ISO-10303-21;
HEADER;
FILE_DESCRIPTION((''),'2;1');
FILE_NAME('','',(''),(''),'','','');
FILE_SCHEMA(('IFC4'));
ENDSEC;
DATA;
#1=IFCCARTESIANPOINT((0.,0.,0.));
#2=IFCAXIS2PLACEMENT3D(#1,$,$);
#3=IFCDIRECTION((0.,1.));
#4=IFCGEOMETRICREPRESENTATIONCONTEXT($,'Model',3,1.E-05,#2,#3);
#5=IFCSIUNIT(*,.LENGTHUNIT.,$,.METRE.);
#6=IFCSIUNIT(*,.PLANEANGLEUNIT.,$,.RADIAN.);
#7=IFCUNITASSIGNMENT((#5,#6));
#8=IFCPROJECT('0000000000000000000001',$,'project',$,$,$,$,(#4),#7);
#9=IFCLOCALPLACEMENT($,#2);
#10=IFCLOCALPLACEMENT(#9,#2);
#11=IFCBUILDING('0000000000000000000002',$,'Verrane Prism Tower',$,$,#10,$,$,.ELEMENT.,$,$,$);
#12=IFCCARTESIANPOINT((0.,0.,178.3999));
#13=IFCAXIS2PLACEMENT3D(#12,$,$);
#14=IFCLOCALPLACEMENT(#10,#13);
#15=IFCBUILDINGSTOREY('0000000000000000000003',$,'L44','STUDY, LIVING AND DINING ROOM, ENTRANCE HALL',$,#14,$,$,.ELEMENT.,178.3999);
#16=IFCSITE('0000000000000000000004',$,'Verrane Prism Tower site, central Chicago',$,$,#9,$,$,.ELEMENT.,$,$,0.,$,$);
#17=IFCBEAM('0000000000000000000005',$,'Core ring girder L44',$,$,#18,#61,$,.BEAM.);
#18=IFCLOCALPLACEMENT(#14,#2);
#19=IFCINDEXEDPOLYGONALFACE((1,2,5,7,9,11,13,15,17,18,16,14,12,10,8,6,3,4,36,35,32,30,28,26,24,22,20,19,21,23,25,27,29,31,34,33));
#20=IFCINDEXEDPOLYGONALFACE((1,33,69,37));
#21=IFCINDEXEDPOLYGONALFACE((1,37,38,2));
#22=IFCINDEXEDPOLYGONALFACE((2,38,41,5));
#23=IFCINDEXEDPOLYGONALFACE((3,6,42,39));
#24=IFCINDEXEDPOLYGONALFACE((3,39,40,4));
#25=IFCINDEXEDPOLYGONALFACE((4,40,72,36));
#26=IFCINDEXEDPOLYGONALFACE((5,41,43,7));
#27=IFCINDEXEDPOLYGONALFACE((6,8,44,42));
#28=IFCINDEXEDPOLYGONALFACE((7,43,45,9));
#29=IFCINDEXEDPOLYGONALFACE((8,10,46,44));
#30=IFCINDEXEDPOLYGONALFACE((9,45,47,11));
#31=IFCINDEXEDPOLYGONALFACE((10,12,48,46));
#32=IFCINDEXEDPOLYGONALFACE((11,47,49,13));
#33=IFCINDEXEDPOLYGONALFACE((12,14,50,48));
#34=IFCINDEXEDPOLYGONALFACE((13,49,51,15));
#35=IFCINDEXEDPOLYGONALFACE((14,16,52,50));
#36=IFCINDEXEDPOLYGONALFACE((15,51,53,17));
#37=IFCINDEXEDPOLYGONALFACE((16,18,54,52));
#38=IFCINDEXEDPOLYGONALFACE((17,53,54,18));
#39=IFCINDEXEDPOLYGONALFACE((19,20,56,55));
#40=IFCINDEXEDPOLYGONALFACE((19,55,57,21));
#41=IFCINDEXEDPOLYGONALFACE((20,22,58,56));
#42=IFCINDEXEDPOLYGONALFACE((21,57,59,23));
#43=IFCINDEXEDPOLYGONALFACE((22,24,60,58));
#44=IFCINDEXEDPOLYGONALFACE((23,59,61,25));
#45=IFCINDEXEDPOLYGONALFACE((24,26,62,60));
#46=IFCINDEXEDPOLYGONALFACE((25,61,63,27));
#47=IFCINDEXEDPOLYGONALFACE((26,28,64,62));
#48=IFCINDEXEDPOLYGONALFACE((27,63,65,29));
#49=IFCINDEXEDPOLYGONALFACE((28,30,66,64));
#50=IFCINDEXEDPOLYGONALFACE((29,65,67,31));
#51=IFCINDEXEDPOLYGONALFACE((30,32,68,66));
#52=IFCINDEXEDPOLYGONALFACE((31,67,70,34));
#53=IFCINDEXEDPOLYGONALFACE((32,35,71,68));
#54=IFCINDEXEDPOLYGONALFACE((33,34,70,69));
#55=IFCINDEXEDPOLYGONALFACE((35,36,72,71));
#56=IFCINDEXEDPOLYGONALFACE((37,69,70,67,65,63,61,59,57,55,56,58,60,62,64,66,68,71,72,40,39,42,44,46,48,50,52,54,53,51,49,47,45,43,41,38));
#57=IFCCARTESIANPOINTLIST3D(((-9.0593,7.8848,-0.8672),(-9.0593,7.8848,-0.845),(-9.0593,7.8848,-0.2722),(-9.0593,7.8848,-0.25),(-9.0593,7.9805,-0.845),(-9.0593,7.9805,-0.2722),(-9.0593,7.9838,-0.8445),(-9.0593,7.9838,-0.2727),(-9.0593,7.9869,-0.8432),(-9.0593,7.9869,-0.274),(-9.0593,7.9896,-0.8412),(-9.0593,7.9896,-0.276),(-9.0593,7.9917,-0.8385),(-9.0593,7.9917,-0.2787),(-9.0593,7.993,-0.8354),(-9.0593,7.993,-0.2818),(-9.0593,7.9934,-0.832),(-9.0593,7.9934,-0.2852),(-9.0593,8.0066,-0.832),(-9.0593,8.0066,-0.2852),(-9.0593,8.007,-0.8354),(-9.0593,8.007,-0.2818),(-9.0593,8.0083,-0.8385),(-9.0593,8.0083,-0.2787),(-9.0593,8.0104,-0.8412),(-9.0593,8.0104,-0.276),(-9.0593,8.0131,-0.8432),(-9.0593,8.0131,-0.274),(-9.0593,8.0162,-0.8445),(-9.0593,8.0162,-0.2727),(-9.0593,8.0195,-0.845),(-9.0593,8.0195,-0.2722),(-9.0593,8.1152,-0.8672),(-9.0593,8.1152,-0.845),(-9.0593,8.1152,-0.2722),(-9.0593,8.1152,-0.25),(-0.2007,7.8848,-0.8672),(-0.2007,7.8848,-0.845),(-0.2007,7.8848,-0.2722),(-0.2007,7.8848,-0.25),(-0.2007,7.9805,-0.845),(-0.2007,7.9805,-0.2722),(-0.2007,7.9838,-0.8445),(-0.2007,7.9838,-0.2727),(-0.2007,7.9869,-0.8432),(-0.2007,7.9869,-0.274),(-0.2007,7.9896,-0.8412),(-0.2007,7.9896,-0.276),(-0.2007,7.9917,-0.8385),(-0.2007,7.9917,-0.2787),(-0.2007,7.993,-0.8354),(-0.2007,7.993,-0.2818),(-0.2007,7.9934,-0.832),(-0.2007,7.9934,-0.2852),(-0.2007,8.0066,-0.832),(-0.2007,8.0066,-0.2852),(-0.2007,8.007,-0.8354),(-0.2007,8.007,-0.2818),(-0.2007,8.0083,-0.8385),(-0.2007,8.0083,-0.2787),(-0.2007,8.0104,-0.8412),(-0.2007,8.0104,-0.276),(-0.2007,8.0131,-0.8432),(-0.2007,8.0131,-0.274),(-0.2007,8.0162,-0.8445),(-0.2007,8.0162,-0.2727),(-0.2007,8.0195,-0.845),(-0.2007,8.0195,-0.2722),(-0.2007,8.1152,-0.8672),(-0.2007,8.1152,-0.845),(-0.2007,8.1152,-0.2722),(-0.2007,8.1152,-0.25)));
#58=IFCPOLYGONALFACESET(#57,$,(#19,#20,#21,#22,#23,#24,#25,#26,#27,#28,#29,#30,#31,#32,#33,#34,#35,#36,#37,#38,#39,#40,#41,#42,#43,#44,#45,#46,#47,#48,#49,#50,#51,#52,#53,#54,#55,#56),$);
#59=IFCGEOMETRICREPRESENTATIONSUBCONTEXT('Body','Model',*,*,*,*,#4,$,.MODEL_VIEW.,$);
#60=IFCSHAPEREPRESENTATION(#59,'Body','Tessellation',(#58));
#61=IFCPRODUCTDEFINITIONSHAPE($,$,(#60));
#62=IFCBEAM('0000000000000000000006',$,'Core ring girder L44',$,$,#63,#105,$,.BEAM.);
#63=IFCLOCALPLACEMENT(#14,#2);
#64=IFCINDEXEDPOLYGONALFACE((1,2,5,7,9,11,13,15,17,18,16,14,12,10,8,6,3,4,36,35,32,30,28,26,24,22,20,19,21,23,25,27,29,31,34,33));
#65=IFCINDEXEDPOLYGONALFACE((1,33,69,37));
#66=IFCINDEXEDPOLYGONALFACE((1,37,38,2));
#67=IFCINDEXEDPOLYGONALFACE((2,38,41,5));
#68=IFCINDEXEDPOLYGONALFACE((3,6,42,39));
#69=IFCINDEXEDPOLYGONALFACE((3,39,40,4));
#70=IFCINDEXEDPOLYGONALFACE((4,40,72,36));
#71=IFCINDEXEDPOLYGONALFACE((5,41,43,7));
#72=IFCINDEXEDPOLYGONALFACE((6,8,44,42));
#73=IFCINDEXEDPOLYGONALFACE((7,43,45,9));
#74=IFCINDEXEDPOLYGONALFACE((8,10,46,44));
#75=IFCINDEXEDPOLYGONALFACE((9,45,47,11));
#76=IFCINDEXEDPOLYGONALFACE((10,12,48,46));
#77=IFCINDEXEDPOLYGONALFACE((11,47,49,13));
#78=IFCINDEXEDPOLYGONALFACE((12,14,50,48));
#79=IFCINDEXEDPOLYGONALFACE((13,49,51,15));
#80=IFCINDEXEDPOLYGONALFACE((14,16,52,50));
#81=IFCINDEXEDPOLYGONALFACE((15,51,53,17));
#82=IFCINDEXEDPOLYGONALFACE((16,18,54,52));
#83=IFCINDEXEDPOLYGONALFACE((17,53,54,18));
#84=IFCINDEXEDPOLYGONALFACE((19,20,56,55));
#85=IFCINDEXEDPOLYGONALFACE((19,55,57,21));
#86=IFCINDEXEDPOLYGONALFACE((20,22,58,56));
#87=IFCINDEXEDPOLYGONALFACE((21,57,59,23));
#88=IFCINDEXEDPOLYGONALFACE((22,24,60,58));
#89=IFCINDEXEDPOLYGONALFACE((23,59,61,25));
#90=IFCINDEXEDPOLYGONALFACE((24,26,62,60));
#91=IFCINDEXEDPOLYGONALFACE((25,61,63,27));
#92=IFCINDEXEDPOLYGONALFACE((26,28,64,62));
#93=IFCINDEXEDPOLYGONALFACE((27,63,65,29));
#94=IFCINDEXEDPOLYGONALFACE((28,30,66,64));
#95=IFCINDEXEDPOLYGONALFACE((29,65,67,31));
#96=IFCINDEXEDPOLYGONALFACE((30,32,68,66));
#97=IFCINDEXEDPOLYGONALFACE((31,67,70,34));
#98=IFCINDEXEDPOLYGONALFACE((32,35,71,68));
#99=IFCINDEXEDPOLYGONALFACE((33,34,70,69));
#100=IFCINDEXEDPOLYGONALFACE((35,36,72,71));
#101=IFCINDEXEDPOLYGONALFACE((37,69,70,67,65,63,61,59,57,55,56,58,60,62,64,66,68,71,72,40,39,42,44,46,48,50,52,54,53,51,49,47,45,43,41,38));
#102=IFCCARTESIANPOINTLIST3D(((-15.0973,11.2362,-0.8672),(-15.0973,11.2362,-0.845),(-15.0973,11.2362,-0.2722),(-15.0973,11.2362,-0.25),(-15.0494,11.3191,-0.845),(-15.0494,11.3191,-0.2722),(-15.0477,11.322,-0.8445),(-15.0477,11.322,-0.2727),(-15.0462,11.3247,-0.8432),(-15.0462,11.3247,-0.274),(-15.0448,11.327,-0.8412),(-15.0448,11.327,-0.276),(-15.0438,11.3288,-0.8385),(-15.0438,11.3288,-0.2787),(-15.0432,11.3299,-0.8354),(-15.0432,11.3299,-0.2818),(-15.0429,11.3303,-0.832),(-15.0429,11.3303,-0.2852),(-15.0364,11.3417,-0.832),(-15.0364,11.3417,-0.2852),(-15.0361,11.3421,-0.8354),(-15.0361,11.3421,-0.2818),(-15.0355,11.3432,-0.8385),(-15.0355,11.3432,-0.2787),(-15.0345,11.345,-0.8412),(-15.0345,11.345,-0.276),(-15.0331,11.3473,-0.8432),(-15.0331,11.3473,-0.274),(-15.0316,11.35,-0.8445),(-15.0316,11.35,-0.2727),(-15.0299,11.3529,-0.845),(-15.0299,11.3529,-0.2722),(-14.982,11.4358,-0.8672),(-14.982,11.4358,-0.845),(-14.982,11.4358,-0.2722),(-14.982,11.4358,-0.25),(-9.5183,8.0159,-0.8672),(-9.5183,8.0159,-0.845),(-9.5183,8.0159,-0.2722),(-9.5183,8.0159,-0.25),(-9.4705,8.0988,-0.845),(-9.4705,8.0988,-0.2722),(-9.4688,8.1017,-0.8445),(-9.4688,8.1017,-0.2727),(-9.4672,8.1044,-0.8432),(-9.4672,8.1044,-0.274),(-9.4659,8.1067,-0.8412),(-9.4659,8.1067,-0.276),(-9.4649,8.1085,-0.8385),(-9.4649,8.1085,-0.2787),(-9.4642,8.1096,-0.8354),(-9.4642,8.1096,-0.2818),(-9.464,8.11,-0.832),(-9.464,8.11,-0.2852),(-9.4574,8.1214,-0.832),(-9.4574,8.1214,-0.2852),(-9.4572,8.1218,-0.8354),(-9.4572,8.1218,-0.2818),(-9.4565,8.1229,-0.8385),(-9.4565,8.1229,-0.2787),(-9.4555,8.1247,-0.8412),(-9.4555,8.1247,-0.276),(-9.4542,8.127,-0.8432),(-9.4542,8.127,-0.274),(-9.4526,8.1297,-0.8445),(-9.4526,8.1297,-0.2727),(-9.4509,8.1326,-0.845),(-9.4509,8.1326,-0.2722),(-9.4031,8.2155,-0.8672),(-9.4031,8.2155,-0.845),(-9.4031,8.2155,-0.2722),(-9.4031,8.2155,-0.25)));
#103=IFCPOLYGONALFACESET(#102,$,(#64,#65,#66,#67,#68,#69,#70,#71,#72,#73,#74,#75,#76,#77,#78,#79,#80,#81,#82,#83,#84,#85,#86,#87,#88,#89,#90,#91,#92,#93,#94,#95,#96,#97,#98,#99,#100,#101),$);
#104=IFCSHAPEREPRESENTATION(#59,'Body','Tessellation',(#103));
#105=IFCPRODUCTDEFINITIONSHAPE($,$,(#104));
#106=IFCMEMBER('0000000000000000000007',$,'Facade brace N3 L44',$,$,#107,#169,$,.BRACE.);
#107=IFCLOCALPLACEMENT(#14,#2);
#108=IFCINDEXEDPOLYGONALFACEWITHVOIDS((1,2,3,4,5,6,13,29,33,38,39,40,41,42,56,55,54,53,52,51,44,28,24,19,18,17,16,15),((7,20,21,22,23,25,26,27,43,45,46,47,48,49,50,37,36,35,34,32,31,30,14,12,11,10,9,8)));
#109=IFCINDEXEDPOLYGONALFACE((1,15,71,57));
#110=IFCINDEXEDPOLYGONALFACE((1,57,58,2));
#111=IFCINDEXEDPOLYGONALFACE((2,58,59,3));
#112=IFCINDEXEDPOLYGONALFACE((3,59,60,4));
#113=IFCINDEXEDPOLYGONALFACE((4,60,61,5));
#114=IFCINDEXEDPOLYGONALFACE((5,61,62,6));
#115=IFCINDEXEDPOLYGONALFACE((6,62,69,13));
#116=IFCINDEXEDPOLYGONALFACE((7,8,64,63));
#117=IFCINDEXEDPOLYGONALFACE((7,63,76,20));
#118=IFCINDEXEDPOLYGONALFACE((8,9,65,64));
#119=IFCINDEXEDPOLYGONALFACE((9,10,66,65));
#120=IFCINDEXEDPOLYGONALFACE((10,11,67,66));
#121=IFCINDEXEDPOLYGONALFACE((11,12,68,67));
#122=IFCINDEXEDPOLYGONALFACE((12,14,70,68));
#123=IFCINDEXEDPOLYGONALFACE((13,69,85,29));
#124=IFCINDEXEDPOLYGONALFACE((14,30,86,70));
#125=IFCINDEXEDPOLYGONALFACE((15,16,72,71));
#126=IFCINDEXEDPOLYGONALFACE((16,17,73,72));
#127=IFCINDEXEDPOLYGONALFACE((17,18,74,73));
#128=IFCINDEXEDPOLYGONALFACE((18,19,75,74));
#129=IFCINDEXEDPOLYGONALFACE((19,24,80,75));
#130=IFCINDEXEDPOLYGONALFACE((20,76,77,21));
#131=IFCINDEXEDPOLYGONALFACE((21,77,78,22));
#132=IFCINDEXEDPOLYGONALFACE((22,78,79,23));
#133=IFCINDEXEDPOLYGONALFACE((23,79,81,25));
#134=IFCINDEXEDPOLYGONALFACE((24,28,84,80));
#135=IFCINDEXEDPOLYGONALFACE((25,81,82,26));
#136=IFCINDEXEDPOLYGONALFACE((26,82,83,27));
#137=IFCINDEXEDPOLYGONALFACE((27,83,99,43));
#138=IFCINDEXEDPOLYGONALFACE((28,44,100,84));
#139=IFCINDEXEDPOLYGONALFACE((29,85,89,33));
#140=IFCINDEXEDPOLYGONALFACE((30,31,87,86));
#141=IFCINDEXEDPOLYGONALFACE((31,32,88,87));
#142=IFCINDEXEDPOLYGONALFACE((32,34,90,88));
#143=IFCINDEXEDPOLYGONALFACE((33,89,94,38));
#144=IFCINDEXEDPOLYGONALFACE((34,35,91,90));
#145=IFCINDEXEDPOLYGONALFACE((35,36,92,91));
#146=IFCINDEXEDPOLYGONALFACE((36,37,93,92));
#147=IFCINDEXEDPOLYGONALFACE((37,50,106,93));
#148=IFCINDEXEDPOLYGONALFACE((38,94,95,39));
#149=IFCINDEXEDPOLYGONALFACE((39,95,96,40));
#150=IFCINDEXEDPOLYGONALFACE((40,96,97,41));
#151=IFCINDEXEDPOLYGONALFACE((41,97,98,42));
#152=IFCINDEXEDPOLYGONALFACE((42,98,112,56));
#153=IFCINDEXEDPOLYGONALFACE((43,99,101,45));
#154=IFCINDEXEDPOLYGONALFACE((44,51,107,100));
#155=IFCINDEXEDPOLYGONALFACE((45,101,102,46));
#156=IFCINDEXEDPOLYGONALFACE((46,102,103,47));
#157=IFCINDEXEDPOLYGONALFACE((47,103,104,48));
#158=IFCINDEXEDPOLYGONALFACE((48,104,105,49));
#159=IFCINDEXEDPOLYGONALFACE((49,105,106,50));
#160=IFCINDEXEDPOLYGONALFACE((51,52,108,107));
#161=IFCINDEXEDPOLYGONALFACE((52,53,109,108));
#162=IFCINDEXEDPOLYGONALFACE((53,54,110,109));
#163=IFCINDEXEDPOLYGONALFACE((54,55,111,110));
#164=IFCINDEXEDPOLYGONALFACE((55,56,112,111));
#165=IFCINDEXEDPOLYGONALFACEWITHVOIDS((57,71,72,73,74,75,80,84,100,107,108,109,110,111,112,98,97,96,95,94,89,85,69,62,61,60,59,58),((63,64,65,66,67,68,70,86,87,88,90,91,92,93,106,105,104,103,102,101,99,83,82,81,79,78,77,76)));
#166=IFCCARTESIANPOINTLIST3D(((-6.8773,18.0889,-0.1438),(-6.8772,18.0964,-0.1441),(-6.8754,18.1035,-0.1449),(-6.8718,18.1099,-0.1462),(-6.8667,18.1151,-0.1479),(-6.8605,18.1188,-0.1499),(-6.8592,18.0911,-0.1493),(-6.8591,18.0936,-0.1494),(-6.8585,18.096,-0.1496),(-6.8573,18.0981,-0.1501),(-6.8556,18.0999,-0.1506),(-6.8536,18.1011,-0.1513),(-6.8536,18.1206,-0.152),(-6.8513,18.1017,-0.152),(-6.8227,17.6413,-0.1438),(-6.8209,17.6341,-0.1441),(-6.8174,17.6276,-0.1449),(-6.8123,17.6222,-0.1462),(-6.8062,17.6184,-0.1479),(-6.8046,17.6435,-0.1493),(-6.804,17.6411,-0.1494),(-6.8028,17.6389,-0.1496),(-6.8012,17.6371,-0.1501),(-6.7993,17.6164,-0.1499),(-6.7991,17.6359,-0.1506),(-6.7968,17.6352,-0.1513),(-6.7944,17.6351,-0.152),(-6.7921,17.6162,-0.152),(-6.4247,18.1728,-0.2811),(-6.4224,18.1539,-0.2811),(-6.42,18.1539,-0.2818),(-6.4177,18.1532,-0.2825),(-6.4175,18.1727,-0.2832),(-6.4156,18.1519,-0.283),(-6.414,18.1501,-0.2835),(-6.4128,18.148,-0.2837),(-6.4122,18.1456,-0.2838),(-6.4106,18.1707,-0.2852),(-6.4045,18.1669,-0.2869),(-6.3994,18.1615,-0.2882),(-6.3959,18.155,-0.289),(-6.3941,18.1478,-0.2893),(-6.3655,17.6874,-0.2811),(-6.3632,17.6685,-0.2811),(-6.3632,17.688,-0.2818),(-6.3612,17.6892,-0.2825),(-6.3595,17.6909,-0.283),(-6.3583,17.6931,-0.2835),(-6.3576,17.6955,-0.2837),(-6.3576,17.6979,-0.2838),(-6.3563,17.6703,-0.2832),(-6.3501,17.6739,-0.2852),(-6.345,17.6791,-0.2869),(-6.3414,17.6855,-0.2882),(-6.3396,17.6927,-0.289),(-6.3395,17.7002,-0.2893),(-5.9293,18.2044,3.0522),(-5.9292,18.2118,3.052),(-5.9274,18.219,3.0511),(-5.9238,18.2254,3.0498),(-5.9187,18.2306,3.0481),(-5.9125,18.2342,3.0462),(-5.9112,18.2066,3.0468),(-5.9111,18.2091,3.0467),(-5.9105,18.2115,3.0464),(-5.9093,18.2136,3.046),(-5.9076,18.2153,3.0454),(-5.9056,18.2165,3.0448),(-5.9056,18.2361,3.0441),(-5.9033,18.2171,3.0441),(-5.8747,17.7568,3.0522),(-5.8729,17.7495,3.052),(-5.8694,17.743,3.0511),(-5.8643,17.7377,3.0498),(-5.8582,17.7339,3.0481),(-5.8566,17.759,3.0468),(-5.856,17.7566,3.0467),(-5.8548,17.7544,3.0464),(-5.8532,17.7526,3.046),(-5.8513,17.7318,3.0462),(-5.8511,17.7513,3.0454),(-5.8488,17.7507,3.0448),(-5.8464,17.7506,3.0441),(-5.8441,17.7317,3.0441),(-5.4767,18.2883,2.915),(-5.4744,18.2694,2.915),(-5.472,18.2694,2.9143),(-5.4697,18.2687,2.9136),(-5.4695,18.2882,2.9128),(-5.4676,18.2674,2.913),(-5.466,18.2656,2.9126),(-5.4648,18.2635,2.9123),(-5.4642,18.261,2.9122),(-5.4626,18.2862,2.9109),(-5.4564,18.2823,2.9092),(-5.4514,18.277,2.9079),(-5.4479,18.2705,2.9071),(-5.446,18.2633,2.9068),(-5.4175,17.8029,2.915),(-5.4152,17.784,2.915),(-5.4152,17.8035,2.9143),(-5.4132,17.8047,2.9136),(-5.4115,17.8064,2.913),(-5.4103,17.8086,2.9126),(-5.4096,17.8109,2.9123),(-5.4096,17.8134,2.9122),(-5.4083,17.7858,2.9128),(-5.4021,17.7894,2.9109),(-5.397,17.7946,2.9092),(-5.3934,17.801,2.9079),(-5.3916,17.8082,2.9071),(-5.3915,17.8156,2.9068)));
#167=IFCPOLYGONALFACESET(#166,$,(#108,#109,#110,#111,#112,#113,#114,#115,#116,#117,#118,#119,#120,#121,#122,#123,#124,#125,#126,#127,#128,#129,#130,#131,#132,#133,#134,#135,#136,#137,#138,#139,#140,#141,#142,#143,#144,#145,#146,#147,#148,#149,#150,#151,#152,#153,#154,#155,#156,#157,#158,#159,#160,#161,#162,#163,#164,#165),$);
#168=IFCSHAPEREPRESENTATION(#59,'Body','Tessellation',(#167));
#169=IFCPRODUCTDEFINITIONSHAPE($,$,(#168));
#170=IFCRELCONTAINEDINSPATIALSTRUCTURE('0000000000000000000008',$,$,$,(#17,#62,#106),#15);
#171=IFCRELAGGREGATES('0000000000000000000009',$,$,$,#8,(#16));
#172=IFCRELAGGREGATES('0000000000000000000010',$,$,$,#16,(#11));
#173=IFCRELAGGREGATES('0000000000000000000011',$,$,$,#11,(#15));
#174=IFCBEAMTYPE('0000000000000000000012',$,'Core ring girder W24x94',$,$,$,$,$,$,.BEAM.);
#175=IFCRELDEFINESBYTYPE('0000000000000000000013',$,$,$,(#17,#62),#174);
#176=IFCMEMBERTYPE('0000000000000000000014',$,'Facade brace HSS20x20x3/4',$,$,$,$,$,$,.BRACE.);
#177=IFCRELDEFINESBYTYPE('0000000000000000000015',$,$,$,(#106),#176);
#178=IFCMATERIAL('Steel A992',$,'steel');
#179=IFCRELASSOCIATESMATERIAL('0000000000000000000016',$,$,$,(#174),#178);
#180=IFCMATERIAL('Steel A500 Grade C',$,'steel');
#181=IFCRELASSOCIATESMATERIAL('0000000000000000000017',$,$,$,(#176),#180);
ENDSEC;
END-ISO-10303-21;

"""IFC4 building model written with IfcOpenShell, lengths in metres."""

from ifc_helpers import new_model, si_unit, direction, frame, origin, origin_2d, place, context, subcontext, project, spatial, hollow_rectangle, i_section, extrude, material, material_profile, profile_set, type_object, element, save


model = new_model("IFC4")

# Units and contexts
model_context = context("Model", 3, precision=1e-05, world=origin(), true_north=direction((0.0, 1.0)))
body_context = subcontext(model_context, "Body", "Model", "MODEL_VIEW")
ifc_project = project(units=[si_unit("LENGTHUNIT", "METRE"), si_unit("PLANEANGLEUNIT", "RADIAN")], contexts=[model_context])

# Site, building, storey
site_placement = place(None, origin())
site = spatial("IfcSite", under=ifc_project, at=site_placement, Name="Verrane Prism Tower site, central Chicago", CompositionType="ELEMENT", RefElevation=0.0)
building_placement = place(site_placement, origin())
building = spatial("IfcBuilding", under=site, at=building_placement, Name="Verrane Prism Tower", CompositionType="ELEMENT")
storey_placement = place(building_placement, frame((0.0, 0.0, 178.3999)))
storey = spatial("IfcBuildingStorey", under=building, at=storey_placement, Name="L44", Description="STUDY, LIVING AND DINING ROOM, ENTRANCE HALL", CompositionType="ELEMENT", Elevation=178.3999)

# Beams
ifc_material_1 = material(Name="Steel A992", Category="steel")
ifc_material_profile_1 = material_profile(ifc_material_1, i_section(OverallWidth=0.2305, OverallDepth=0.6172, WebThickness=0.0132, FlangeThickness=0.0222, FilletRadius=0.0129, at=origin_2d()), Name="W24x94")
ifc_profile_set_1 = profile_set([ifc_material_profile_1], Name="Steel A992")
beam_type_1 = type_object("IfcBeamType", Name="Core ring girder W24x94", PredefinedType="BEAM", material=ifc_profile_set_1)
beam_1_placement = place(storey_placement, frame((-0.2007, 8.0, -0.5586), z_axis=(-1.0, 0.0, 0.0), x_axis=(0.0, -1.0, 0.0)))
element("IfcBeam", 1, at=beam_1_placement, inside=storey, type_object=beam_type_1, Name="Core ring girder L44", PredefinedType="BEAM", context=body_context, shape_type="SweptSolid", body=[
    extrude(i_section(OverallWidth=0.2305, OverallDepth=0.6172, WebThickness=0.0132, FlangeThickness=0.0222, FilletRadius=0.0129, at=origin_2d()), origin(), (0.0, 0.0, 1.0), 8.8586),
])
beam_2_placement = place(storey_placement, frame((-9.4607, 8.1157, -0.5586), z_axis=(-0.866075, 0.499914, 0.0), x_axis=(-0.499914, -0.866075, 0.0)))
element("IfcBeam", 2, at=beam_2_placement, inside=storey, type_object=beam_type_1, Name="Core ring girder L44", PredefinedType="BEAM", context=body_context, shape_type="SweptSolid", body=[
    extrude(i_section(OverallWidth=0.2305, OverallDepth=0.6172, WebThickness=0.0132, FlangeThickness=0.0222, FilletRadius=0.0129, at=origin_2d()), origin(), (0.0, 0.0, 1.0), 6.4417),
])

# Member
ifc_material_2 = material(Name="Steel A500 Grade C", Category="steel")
ifc_material_profile_2 = material_profile(ifc_material_2, hollow_rectangle(XDim=0.5081, YDim=0.5081, WallThickness=0.019, InnerFilletRadius=0.0095, OuterFilletRadius=0.0286, at=origin_2d()), Name="HSS20x20x3/4")
ifc_profile_set_2 = profile_set([ifc_material_profile_2], Name="Steel A500 Grade C")
member_type_1 = type_object("IfcMemberType", Name="Facade brace HSS20x20x3/4", PredefinedType="BRACE", material=ifc_profile_set_2)
member_1_placement = place(storey_placement, frame((-6.6084, 17.8945, -0.2166), z_axis=(0.2842, 0.034619, 0.95814), x_axis=(-0.120919, 0.992662, 0.0)))
element("IfcMember", 3, at=member_1_placement, inside=storey, type_object=member_type_1, Name="Facade brace N3 L44", PredefinedType="BRACE", context=body_context, shape_type="SweptSolid", body=[
    extrude(hollow_rectangle(XDim=0.5081, YDim=0.5081, WallThickness=0.019, InnerFilletRadius=0.0095, OuterFilletRadius=0.0286, at=origin_2d()), origin(), (0.0, 0.0, 1.0), 3.3357),
])

save(model, "model.ifc")
